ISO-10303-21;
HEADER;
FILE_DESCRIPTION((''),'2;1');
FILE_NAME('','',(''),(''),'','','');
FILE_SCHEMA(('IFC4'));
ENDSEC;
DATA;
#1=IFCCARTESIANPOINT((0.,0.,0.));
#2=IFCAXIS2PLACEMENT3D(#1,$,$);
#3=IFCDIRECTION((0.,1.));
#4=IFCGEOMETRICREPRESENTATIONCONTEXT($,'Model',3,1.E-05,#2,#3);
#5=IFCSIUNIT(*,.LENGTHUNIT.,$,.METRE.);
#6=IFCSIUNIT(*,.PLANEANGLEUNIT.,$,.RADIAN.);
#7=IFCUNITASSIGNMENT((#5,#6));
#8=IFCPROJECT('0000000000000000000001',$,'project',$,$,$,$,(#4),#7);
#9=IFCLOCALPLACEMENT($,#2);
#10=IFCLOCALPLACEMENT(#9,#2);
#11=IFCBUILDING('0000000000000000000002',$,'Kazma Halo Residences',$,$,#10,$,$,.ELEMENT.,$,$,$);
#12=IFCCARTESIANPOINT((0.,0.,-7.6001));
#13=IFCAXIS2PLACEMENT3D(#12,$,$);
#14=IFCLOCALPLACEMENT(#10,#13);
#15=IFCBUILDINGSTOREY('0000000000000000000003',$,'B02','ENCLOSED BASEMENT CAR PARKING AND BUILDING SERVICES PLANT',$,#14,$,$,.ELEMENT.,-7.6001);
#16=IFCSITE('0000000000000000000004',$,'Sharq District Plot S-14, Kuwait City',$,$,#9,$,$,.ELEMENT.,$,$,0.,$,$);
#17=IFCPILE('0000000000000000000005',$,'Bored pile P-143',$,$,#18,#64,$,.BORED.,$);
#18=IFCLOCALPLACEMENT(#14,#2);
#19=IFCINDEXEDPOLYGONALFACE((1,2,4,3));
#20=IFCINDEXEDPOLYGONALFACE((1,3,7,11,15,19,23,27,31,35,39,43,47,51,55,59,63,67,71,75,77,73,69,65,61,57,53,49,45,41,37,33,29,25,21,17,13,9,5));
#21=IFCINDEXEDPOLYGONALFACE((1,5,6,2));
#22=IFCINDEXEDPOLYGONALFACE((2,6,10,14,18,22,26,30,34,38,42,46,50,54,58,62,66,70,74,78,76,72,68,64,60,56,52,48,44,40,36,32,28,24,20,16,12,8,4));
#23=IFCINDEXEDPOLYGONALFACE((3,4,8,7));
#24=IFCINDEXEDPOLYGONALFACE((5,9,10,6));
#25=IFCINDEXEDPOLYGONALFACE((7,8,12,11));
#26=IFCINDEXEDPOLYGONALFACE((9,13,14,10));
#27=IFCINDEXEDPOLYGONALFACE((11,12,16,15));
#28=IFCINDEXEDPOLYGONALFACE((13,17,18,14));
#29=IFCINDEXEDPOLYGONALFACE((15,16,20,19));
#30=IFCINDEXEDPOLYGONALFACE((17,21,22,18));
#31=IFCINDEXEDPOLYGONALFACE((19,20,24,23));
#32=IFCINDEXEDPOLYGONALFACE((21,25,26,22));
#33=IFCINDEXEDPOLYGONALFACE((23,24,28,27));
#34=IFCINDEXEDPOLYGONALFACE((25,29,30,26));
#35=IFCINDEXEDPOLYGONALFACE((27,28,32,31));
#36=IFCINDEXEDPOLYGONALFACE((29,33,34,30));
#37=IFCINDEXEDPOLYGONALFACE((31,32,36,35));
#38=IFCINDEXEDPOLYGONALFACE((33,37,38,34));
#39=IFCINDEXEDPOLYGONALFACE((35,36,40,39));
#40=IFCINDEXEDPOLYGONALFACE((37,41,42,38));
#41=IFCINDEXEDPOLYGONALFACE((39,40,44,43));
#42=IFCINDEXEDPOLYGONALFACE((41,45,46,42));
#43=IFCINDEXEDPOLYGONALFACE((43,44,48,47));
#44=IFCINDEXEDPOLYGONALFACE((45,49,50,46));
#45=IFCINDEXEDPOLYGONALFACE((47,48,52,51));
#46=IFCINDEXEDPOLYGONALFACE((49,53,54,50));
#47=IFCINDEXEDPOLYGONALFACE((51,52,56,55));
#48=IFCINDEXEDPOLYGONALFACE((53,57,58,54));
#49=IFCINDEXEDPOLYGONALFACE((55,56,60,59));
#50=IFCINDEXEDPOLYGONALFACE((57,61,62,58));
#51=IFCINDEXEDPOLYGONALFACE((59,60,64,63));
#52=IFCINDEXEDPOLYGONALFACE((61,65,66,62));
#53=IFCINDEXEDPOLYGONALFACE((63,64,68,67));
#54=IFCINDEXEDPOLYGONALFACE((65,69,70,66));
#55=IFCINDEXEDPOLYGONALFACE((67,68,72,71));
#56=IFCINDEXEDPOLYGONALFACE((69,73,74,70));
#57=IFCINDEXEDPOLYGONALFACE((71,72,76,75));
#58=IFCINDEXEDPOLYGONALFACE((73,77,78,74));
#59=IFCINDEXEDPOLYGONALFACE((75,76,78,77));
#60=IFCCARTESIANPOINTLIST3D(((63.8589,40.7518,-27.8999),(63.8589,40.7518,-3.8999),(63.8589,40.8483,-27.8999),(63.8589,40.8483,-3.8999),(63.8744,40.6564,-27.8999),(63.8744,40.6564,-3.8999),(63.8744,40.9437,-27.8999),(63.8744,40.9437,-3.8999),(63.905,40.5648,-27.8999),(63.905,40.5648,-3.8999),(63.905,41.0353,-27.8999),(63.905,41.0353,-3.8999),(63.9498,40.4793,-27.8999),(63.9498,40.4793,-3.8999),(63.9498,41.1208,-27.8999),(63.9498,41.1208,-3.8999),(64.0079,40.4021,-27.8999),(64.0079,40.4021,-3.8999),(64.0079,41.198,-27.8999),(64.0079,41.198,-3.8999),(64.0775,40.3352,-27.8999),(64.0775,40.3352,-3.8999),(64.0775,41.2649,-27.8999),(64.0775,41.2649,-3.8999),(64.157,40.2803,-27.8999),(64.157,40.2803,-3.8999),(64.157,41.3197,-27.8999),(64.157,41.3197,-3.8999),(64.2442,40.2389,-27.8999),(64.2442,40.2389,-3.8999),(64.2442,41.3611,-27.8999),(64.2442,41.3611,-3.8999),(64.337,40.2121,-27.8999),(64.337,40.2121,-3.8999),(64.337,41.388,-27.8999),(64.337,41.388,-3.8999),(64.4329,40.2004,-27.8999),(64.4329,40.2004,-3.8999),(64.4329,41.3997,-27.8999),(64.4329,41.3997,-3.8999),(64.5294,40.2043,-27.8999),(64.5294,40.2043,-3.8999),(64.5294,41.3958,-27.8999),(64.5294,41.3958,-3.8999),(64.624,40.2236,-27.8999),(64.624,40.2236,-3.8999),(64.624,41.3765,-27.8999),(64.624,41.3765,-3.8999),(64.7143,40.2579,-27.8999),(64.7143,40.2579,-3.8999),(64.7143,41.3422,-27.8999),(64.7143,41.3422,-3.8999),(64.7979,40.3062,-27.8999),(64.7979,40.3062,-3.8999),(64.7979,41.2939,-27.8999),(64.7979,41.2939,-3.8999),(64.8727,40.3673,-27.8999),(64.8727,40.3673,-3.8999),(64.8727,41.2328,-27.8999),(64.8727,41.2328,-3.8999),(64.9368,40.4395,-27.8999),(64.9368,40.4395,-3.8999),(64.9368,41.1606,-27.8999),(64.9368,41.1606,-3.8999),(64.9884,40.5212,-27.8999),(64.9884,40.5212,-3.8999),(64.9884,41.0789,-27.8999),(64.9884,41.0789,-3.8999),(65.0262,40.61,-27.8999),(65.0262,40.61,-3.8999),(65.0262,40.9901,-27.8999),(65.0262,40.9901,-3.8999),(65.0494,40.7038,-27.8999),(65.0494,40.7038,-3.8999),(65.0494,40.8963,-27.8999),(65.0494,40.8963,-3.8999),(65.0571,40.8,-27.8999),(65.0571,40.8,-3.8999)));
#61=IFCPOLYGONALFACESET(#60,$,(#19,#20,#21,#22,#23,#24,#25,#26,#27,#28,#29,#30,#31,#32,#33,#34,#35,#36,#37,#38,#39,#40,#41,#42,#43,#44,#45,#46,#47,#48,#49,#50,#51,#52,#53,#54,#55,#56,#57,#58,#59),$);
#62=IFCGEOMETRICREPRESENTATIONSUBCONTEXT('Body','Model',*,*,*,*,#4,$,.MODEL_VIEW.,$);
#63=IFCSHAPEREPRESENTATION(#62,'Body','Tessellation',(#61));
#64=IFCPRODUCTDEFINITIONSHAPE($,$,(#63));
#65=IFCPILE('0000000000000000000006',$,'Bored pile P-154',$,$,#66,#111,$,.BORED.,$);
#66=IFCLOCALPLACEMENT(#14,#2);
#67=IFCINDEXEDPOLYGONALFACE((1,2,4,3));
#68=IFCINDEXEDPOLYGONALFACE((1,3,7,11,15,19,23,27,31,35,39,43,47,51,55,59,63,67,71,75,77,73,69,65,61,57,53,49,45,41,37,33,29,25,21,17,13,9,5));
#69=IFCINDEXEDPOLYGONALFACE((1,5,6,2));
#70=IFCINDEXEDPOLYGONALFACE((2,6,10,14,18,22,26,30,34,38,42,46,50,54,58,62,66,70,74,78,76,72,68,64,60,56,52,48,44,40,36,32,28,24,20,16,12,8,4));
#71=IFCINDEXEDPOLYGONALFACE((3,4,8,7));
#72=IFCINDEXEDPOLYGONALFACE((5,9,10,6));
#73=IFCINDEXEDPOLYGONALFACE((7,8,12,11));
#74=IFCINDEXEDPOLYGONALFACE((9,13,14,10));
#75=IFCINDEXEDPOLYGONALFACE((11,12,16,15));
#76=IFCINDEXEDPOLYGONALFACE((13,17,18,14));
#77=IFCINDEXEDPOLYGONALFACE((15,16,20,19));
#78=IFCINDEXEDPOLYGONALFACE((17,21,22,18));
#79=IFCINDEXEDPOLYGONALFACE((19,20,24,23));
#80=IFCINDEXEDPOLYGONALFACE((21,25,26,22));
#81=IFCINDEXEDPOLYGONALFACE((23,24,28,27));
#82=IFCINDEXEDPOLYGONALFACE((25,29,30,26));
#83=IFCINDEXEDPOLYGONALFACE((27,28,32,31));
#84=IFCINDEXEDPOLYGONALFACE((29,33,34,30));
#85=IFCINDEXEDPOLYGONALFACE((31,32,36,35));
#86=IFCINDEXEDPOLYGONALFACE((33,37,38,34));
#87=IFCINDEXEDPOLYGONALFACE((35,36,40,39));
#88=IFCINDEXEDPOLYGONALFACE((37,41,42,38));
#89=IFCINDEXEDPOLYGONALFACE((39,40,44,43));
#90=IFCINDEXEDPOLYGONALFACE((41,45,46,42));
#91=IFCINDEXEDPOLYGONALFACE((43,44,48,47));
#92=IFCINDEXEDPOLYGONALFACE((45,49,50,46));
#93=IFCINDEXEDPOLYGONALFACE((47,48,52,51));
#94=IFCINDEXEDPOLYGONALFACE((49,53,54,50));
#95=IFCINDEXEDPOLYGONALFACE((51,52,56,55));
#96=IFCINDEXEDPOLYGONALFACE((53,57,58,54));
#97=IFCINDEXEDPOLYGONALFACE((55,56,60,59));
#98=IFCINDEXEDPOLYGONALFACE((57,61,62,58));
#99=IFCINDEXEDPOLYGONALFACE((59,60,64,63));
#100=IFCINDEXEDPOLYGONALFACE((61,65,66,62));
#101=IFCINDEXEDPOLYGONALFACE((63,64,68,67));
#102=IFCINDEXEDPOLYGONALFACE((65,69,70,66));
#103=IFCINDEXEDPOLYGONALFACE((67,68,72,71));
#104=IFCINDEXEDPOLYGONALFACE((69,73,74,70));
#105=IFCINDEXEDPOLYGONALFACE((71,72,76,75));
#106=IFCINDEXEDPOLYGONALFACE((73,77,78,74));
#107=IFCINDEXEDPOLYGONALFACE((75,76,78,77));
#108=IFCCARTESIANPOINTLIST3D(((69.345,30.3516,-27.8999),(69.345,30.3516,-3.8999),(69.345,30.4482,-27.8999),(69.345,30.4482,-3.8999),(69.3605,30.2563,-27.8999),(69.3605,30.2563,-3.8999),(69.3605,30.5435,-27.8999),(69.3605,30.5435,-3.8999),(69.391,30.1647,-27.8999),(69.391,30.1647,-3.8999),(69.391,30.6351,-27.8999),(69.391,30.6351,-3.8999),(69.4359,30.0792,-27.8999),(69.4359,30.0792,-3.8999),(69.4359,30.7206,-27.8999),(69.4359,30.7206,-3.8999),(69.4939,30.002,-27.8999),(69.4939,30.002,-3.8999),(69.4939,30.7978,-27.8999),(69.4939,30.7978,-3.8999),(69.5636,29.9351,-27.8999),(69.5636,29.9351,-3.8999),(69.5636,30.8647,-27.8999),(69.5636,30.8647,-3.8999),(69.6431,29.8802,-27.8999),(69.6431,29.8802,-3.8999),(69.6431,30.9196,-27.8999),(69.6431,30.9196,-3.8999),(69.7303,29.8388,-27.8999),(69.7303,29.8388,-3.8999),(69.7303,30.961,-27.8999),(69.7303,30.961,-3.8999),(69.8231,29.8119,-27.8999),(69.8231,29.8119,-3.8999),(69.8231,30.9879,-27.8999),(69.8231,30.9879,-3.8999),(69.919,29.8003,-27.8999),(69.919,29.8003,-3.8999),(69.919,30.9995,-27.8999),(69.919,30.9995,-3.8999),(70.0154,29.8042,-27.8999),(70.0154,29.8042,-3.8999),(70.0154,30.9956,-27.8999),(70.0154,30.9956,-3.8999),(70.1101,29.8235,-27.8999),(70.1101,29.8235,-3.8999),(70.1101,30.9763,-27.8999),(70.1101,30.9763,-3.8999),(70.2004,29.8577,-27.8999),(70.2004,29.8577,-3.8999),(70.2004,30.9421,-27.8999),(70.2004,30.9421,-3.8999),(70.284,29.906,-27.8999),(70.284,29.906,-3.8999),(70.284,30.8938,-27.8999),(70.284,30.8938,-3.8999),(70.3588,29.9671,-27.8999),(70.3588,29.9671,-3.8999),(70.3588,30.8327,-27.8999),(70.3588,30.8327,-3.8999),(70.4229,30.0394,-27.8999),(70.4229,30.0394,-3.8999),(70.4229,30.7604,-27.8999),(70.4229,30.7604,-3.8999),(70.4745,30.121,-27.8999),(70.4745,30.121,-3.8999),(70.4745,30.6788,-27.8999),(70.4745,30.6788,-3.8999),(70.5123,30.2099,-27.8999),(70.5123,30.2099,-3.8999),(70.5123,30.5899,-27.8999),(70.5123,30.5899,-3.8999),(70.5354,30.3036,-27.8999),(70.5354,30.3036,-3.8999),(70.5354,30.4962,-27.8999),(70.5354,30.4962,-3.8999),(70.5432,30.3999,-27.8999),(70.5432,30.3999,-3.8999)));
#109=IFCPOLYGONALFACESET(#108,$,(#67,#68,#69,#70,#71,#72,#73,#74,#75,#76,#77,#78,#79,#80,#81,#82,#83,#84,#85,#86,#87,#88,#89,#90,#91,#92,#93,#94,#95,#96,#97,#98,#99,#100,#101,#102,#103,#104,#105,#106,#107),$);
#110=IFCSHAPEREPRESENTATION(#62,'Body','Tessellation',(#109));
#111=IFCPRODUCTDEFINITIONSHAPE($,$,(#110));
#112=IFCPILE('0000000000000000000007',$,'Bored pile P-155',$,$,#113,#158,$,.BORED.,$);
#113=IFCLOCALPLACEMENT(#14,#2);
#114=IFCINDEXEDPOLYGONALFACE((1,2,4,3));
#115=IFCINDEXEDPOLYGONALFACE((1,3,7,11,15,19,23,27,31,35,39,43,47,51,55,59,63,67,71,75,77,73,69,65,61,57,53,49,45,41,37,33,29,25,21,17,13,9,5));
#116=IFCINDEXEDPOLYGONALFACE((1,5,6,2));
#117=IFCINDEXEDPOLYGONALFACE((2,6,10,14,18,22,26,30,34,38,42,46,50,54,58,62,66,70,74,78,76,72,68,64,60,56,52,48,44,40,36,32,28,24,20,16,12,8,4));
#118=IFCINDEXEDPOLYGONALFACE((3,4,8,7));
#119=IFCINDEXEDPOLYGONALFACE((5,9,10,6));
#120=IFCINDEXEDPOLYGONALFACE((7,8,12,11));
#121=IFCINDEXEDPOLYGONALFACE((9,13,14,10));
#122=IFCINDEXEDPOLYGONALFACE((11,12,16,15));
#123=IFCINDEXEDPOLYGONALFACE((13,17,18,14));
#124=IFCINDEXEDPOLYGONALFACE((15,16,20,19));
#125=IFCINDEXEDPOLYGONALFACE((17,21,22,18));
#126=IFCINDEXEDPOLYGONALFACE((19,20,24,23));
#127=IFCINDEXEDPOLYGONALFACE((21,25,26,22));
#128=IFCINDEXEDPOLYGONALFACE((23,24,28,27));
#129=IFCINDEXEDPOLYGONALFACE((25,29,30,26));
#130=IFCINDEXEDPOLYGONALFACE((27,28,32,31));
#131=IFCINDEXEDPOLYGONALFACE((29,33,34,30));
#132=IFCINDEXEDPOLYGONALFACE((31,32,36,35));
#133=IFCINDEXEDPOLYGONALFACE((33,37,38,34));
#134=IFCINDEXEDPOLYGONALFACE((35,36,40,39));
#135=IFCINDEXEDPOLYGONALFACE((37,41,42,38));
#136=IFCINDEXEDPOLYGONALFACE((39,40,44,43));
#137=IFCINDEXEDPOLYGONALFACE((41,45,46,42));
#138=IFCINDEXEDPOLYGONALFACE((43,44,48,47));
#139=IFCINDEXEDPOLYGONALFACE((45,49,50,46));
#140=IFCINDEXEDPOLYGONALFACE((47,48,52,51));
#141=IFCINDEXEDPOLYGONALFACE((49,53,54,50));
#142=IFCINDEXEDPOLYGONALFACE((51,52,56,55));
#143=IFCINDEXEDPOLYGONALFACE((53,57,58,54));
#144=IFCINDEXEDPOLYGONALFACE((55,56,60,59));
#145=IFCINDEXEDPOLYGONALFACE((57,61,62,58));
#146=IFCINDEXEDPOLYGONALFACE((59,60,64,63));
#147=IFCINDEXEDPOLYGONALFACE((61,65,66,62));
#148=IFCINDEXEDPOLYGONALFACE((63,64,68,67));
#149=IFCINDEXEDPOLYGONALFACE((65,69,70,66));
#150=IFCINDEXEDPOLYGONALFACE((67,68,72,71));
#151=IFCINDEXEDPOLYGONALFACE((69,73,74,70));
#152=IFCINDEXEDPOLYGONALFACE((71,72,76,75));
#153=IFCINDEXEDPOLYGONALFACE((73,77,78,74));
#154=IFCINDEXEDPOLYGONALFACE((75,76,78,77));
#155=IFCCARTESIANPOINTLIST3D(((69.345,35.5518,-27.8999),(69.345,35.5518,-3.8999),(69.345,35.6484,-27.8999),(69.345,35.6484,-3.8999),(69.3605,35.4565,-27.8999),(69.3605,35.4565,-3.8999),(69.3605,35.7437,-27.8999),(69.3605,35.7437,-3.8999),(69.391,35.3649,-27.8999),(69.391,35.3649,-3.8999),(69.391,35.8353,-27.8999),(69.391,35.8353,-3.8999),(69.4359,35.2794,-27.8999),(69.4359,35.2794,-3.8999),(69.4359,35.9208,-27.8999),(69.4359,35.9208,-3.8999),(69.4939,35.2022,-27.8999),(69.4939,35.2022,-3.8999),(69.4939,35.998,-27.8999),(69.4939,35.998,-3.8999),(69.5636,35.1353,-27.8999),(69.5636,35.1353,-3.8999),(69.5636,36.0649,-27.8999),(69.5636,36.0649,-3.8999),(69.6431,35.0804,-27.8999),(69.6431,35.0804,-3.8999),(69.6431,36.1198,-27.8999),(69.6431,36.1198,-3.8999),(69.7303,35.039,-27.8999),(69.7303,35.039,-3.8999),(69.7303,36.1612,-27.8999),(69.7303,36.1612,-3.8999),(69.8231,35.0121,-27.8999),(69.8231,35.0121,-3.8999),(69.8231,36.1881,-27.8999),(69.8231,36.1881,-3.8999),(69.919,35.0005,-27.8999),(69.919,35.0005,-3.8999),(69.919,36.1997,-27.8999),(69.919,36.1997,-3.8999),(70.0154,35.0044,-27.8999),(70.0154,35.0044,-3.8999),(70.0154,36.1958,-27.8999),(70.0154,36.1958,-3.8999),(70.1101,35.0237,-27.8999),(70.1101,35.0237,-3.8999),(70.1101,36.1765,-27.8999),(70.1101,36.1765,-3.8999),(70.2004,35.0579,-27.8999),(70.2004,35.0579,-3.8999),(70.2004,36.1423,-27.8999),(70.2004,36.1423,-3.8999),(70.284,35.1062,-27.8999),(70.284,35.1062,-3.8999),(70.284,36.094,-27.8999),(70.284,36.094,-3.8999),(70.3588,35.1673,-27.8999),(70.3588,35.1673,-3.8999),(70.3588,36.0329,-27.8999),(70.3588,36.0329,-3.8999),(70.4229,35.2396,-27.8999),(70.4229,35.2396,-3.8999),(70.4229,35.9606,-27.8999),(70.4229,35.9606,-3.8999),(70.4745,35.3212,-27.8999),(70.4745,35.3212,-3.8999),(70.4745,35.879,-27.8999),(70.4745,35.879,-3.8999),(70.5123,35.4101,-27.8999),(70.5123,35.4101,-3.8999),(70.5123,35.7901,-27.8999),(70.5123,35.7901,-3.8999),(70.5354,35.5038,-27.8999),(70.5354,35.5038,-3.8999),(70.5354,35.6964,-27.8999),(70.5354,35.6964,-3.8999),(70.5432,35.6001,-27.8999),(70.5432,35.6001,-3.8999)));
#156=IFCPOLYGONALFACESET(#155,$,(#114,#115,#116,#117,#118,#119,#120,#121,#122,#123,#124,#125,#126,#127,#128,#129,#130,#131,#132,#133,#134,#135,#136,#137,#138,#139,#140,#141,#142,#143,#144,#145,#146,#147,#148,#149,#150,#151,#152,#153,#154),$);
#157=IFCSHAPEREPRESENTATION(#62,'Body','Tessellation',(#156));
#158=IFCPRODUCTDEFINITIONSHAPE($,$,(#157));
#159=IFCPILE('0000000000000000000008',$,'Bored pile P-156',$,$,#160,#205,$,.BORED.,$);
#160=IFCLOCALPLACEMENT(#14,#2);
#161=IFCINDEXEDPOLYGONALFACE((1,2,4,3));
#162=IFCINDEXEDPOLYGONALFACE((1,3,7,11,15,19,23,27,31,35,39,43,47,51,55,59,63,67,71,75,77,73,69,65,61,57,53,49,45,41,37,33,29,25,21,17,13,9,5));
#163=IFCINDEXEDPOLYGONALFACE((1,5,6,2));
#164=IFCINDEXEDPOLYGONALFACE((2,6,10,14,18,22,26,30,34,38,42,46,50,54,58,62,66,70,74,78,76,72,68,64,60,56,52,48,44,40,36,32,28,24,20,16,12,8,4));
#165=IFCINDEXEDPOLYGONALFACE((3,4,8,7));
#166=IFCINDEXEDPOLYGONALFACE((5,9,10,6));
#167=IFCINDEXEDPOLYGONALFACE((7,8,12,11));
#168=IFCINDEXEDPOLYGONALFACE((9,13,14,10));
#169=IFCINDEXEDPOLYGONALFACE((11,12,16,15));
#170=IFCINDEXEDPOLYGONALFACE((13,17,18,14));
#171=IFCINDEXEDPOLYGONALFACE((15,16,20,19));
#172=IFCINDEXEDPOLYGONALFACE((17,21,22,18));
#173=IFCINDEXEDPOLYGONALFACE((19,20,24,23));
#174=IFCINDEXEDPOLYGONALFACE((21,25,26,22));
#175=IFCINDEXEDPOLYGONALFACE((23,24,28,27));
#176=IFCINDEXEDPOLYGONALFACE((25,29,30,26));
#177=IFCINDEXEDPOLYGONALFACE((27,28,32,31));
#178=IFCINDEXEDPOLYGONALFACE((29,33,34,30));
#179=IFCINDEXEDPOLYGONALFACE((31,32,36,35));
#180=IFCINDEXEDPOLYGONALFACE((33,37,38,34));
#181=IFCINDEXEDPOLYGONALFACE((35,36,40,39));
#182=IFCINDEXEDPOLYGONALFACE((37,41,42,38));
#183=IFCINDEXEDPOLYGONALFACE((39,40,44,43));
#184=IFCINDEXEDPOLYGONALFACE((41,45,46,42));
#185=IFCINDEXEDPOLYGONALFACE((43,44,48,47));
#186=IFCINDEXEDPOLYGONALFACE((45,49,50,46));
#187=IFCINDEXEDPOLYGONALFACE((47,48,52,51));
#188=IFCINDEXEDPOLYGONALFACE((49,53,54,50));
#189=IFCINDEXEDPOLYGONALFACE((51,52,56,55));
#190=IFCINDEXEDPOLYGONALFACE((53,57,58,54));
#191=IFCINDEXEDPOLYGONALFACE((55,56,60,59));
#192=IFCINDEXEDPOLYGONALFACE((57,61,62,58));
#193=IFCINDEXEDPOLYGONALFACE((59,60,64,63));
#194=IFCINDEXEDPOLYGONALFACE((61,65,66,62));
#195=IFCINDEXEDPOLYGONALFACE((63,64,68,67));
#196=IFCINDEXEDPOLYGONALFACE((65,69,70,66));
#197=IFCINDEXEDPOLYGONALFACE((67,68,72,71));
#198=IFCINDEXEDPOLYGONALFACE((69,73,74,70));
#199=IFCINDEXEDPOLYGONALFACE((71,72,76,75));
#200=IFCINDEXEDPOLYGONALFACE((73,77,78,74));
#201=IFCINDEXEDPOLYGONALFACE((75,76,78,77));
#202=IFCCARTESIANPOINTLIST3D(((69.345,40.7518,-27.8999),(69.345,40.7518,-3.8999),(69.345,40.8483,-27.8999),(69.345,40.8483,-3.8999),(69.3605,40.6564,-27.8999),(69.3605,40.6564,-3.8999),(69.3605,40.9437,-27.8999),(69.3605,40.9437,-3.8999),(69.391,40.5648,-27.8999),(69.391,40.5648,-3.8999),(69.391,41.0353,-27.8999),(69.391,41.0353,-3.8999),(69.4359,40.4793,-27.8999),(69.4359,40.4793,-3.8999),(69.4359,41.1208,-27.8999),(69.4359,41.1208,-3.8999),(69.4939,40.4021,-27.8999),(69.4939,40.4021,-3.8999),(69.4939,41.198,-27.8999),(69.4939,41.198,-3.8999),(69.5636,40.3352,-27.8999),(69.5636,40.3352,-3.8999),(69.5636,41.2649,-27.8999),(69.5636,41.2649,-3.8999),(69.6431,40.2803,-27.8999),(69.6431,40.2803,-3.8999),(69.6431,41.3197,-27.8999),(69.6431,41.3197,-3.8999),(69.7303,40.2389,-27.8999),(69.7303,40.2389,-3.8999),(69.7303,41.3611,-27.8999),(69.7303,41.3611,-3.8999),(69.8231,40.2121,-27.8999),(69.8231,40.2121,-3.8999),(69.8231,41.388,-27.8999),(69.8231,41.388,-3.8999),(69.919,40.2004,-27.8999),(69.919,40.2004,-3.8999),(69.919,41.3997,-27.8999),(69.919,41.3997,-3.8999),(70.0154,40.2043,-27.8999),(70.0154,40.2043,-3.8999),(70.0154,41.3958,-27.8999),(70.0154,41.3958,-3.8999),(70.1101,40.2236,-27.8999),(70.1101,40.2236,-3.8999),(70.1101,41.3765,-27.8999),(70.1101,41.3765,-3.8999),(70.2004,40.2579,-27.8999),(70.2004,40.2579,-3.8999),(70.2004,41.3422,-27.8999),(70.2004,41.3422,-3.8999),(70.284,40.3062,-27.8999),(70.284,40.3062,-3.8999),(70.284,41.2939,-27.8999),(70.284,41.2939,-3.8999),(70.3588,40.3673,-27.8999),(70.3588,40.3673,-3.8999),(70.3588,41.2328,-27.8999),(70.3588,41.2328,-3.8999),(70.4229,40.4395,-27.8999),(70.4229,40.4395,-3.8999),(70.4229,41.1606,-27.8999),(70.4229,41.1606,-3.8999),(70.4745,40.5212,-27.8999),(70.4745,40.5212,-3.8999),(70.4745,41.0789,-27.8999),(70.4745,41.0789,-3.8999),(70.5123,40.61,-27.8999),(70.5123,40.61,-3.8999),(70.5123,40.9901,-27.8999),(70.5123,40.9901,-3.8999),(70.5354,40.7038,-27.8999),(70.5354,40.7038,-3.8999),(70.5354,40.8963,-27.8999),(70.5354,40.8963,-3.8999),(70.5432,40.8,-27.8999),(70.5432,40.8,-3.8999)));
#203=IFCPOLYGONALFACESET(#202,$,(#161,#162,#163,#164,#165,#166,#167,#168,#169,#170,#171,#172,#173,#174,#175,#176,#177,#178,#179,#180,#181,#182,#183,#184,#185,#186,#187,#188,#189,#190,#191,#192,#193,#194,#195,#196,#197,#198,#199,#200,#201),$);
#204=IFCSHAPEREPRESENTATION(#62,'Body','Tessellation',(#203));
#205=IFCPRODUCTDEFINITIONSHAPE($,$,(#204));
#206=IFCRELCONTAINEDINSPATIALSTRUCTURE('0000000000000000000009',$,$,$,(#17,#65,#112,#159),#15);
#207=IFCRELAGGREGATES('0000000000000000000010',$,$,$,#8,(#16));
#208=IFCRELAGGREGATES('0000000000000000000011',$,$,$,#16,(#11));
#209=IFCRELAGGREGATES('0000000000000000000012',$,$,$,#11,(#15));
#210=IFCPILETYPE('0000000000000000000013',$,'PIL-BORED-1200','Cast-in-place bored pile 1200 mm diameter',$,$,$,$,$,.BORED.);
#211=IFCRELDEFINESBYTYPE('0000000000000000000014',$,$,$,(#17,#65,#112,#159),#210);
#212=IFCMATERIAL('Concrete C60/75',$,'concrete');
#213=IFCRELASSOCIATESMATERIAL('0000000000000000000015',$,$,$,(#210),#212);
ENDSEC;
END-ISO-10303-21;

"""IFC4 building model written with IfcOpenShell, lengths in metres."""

from ifc_helpers import new_model, si_unit, direction, frame, origin, origin_2d, place, context, subcontext, project, spatial, circle, extrude, material, material_profile, profile_set, type_object, element, save


model = new_model("IFC4")

# Units and contexts
model_context = context("Model", 3, precision=1e-05, world=origin(), true_north=direction((0.0, 1.0)))
body_context = subcontext(model_context, "Body", "Model", "MODEL_VIEW")
ifc_project = project(units=[si_unit("LENGTHUNIT", "METRE"), si_unit("PLANEANGLEUNIT", "RADIAN")], contexts=[model_context])

# Site, building, storey
site_placement = place(None, origin())
site = spatial("IfcSite", under=ifc_project, at=site_placement, Name="Sharq District Plot S-14, Kuwait City", CompositionType="ELEMENT", RefElevation=0.0)
building_placement = place(site_placement, origin())
building = spatial("IfcBuilding", under=site, at=building_placement, Name="Kazma Halo Residences", CompositionType="ELEMENT")
storey_placement = place(building_placement, frame((0.0, 0.0, -7.6001)))
storey = spatial("IfcBuildingStorey", under=building, at=storey_placement, Name="B02", Description="ENCLOSED BASEMENT CAR PARKING AND BUILDING SERVICES PLANT", CompositionType="ELEMENT", Elevation=-7.6001)

# Piles
ifc_material_1 = material(Name="Concrete C60/75", Category="concrete")
ifc_material_profile_1 = material_profile(ifc_material_1, circle(Radius=0.6001, at=origin_2d()), Name="CIRC1200")
ifc_profile_set_1 = profile_set([ifc_material_profile_1], Name="Concrete C60/75")
pile_type = type_object("IfcPileType", Name="PIL-BORED-1200", Description="Cast-in-place bored pile 1200 mm diameter", PredefinedType="BORED", material=ifc_profile_set_1)
for number, where, z_axis, x_axis, name in (
    (1, (64.457, 40.8, -3.8999), (0.0, 0.0, -1.0), (1.0, 0.0, 0.0), "Bored pile P-143"),
    (2, (69.9431, 30.3999, -3.8999), (0.0, 0.0, -1.0), (1.0, 0.0, 0.0), "Bored pile P-154"),
    (3, (69.9431, 35.6001, -3.8999), (0.0, 0.0, -1.0), (1.0, 0.0, 0.0), "Bored pile P-155"),
    (4, (69.9431, 40.8, -3.8999), (0.0, 0.0, -1.0), (1.0, 0.0, 0.0), "Bored pile P-156"),
):
    element("IfcPile", number, at=place(storey_placement, frame(where, z_axis=z_axis, x_axis=x_axis)), inside=storey, type_object=pile_type, Name=name, PredefinedType="BORED", context=body_context, shape_type="SweptSolid", body=[
        extrude(circle(Radius=0.6001, at=origin_2d()), origin(), (0.0, 0.0, 1.0), 24.0),
    ])

save(model, "model.ifc")
